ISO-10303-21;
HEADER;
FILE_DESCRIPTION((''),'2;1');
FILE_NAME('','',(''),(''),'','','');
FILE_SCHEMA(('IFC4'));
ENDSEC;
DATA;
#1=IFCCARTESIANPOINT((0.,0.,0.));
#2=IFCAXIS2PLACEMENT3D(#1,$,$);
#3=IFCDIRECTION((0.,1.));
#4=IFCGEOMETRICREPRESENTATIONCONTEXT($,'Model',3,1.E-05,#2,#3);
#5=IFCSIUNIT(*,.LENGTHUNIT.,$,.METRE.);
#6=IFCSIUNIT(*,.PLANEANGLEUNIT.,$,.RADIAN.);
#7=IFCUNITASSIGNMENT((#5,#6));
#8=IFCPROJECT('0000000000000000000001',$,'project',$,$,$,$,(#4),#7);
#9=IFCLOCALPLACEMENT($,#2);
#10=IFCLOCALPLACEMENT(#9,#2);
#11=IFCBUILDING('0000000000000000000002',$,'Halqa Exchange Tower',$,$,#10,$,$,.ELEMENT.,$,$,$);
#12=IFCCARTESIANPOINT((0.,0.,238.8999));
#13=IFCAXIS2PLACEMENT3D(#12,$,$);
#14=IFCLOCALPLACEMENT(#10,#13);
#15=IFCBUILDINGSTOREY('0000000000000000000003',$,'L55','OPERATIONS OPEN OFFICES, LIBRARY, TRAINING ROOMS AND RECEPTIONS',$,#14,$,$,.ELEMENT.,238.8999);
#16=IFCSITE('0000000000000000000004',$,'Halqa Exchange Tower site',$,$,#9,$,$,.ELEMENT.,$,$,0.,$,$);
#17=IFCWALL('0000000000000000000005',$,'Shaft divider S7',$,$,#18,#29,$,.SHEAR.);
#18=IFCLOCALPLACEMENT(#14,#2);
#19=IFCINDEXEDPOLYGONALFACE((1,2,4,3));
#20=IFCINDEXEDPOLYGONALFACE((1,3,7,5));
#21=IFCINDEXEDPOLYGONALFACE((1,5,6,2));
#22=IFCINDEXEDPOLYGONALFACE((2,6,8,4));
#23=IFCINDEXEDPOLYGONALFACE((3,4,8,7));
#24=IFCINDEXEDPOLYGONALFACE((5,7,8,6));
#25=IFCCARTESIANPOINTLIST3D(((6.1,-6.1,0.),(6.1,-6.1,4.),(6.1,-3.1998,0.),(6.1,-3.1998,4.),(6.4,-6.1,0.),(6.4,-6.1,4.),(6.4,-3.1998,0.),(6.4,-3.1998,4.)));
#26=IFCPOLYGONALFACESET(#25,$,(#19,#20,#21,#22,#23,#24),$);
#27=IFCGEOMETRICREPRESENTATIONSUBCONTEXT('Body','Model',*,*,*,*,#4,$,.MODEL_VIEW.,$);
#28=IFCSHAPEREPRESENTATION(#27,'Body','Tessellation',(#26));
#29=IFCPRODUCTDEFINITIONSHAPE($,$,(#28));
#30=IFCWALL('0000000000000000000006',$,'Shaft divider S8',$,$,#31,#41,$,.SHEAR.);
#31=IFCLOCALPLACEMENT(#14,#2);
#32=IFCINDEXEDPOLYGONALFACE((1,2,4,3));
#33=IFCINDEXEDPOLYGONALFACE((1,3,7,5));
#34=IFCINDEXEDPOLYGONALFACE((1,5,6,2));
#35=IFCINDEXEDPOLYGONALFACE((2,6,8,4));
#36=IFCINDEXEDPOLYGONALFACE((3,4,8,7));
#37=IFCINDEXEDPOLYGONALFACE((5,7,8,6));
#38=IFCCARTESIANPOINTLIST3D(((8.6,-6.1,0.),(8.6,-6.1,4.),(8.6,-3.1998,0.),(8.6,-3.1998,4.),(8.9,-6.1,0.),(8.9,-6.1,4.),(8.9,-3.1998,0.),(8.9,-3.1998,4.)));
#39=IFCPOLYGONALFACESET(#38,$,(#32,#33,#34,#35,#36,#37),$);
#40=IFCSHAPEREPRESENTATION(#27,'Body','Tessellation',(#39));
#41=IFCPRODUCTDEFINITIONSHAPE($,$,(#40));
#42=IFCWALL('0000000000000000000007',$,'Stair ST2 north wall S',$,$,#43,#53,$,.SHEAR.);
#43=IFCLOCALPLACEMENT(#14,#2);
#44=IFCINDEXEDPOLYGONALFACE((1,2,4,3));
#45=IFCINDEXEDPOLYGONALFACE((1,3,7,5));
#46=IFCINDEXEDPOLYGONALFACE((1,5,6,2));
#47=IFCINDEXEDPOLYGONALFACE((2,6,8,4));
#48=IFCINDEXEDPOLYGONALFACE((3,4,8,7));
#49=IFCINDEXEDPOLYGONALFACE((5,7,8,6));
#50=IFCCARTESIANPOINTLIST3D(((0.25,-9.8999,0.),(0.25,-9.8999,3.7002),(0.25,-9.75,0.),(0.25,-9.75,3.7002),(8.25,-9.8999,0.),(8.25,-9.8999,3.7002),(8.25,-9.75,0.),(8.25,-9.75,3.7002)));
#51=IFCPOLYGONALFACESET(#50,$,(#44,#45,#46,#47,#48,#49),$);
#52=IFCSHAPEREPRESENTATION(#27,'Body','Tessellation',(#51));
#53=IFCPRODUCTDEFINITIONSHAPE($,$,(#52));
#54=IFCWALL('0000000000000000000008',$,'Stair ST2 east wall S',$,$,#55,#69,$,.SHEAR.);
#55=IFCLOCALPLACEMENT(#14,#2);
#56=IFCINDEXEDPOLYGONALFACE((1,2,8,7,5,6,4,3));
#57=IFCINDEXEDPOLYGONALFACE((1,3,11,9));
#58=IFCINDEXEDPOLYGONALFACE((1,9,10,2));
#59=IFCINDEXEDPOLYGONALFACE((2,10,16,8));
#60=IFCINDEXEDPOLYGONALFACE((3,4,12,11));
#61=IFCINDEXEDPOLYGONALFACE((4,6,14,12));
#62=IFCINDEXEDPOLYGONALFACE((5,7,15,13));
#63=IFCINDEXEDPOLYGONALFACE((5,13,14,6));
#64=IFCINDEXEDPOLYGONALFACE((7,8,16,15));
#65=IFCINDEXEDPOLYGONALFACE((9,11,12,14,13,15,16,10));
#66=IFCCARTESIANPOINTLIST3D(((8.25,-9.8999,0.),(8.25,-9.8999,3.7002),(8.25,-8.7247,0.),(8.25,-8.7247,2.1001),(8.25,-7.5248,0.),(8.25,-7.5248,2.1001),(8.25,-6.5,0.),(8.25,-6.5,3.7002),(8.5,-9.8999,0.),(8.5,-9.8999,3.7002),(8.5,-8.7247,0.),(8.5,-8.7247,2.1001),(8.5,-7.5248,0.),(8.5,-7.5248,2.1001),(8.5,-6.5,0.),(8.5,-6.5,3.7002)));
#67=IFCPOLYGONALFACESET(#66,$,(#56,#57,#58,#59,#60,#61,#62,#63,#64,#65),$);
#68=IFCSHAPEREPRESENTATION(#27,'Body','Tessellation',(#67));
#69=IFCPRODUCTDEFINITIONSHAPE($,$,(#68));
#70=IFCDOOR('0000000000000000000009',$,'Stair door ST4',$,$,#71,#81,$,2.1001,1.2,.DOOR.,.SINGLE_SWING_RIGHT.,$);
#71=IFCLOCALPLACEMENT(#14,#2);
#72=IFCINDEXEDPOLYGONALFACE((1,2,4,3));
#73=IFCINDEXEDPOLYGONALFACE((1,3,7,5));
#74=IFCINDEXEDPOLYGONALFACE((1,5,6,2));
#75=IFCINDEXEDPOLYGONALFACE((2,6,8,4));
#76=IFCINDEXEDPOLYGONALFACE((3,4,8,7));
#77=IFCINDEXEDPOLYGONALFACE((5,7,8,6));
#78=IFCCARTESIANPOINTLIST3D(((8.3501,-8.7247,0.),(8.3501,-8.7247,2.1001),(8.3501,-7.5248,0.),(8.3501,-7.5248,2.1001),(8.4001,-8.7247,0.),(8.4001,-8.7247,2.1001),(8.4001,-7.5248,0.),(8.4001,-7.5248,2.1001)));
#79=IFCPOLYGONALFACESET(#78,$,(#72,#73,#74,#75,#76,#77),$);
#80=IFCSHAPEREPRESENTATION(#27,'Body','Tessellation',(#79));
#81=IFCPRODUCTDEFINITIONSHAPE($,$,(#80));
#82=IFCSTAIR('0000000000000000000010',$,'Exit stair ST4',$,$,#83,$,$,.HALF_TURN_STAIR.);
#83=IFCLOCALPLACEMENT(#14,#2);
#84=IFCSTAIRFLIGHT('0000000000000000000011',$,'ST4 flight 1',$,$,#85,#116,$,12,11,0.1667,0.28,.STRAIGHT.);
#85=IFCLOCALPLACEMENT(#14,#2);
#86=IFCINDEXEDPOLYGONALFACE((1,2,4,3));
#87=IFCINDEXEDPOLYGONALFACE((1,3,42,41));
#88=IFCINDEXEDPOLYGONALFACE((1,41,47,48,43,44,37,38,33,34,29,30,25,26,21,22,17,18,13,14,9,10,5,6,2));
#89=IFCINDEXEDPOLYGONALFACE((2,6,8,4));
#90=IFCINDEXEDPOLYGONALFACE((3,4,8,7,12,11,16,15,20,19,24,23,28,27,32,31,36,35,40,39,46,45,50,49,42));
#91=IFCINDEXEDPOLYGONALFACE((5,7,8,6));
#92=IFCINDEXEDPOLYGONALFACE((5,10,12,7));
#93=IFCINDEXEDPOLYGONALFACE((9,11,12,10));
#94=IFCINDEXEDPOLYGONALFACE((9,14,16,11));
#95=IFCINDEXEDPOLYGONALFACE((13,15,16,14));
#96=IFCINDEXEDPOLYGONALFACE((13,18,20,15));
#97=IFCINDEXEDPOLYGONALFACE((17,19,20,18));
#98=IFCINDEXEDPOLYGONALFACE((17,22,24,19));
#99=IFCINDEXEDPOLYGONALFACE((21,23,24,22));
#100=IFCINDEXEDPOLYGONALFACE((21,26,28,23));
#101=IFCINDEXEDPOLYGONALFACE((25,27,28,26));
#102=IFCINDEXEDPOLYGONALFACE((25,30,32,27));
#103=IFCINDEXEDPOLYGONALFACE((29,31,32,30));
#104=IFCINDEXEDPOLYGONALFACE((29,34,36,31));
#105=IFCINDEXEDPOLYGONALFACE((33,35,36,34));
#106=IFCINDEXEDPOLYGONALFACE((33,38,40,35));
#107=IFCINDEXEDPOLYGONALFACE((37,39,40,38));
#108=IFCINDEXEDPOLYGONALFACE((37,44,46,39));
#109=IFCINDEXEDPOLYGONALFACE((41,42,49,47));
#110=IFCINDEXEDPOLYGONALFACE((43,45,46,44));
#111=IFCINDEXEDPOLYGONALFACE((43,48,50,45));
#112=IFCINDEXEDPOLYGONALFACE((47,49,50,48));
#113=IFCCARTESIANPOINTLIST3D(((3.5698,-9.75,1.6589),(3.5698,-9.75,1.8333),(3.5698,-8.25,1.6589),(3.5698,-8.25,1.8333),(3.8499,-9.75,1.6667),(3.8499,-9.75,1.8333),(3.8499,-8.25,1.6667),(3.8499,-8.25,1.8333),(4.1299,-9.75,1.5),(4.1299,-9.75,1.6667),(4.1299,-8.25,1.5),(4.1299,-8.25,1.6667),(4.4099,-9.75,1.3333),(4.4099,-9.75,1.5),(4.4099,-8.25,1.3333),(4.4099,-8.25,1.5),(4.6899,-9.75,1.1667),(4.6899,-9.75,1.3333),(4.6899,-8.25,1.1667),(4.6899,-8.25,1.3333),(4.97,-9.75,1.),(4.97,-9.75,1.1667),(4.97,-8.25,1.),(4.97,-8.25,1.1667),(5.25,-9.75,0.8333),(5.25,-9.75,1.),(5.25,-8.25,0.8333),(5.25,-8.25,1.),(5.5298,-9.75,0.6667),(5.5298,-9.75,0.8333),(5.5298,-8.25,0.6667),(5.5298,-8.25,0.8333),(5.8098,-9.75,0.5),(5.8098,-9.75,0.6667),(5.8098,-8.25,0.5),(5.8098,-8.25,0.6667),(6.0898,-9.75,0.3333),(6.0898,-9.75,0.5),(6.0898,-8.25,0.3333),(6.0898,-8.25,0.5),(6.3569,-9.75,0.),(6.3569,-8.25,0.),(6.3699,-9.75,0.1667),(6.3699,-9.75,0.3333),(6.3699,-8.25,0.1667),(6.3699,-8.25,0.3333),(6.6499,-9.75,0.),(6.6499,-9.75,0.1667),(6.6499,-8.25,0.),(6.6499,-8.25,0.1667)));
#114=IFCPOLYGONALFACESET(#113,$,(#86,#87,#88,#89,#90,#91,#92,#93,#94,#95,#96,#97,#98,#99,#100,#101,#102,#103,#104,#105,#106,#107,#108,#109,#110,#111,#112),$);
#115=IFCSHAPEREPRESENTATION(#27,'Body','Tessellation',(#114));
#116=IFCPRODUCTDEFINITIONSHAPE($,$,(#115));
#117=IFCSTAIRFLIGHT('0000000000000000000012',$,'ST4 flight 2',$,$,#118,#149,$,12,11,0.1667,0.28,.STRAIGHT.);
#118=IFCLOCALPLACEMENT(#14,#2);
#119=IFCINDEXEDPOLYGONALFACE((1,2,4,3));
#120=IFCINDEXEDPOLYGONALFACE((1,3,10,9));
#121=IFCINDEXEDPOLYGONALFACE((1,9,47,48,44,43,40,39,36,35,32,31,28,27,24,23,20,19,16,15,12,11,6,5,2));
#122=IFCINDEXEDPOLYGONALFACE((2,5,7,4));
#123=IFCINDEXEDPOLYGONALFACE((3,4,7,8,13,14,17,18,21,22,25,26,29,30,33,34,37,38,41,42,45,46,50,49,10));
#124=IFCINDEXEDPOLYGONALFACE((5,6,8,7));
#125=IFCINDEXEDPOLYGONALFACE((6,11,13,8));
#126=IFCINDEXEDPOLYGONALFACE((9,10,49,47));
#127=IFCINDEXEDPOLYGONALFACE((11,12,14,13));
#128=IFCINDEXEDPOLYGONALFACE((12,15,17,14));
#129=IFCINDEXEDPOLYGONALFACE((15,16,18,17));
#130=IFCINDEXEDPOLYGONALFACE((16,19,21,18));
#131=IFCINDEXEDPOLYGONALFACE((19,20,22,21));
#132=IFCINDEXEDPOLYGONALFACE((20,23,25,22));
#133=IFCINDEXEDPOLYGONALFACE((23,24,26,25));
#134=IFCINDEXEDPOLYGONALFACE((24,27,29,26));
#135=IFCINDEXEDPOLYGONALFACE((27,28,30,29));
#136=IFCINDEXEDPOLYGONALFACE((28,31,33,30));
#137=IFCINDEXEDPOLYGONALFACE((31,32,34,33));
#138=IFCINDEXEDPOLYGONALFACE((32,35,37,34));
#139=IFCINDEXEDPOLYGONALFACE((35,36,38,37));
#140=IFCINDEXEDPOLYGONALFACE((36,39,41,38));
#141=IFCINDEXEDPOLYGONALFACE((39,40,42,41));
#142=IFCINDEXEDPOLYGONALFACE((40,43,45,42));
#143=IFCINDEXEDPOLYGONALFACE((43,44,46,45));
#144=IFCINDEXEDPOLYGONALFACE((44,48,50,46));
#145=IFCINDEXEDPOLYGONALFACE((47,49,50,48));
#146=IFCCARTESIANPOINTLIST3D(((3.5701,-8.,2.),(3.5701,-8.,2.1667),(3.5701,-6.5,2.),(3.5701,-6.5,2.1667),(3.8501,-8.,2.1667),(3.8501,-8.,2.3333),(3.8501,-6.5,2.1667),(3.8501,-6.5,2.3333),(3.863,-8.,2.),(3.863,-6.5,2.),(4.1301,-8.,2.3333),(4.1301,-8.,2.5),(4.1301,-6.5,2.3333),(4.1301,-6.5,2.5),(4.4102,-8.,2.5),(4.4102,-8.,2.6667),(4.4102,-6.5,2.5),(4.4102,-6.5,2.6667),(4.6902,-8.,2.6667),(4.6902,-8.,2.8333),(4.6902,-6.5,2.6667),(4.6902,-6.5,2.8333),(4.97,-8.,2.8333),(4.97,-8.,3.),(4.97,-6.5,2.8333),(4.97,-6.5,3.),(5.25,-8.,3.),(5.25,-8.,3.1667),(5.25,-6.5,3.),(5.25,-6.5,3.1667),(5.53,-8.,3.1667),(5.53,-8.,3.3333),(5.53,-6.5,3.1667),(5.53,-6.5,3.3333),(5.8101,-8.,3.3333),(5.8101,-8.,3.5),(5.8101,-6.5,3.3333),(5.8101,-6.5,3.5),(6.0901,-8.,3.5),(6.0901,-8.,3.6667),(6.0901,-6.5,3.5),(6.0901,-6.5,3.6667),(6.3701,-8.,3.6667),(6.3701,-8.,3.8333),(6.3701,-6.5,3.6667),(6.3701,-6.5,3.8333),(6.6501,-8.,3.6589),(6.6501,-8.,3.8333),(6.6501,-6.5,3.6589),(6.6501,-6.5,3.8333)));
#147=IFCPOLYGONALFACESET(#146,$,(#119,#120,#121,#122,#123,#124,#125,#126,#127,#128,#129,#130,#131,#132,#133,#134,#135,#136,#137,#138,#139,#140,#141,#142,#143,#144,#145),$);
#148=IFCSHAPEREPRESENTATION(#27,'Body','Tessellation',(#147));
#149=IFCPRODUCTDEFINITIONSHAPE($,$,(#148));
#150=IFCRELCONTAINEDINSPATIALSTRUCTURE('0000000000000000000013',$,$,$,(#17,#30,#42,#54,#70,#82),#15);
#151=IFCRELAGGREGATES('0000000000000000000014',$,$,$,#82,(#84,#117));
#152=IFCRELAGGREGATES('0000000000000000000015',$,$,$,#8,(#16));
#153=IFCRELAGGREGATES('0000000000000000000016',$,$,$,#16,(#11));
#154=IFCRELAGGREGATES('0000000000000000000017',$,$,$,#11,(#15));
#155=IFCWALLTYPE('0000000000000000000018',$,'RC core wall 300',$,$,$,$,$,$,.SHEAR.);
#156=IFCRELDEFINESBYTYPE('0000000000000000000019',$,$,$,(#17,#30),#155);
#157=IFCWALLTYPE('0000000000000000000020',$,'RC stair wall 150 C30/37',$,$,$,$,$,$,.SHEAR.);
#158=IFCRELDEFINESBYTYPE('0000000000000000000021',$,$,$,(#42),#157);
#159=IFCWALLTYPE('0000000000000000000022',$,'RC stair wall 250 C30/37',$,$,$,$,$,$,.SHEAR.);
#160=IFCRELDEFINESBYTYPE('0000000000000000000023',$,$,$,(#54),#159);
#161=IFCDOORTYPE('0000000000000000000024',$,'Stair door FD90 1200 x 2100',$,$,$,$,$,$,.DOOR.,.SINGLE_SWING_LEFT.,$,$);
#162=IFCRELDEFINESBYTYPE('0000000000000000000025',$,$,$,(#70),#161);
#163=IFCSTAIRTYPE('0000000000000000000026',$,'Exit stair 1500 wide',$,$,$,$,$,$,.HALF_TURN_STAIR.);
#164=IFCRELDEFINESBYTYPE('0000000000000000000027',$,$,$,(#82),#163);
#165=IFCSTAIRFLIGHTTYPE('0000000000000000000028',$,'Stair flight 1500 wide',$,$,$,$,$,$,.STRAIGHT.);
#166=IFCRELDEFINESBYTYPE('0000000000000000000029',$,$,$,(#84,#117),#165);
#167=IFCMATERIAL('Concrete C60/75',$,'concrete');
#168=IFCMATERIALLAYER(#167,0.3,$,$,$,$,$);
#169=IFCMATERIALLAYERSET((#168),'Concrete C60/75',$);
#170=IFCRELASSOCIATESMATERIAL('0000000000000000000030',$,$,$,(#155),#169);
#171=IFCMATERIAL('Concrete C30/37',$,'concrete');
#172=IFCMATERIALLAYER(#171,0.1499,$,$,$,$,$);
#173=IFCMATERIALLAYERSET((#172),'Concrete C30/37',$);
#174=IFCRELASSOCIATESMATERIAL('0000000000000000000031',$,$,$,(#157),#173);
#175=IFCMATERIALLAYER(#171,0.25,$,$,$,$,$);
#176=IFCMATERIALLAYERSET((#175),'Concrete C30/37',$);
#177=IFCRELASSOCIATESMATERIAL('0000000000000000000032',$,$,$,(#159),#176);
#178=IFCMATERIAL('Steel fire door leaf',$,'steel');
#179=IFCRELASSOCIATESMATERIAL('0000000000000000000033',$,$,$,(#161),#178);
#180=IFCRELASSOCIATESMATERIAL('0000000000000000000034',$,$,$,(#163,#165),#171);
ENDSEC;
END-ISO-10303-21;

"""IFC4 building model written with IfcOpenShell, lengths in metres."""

from ifc_helpers import new_model, si_unit, direction, frame, frame_2d, origin, place, context, subcontext, project, spatial, polyline, rectangle, outline, extrude, material, layer, layer_set, type_object, element, fill, aggregate, save


model = new_model("IFC4")

# Units and contexts
model_context = context("Model", 3, precision=1e-05, world=origin(), true_north=direction((0.0, 1.0)))
body_context = subcontext(model_context, "Body", "Model", "MODEL_VIEW")
ifc_project = project(units=[si_unit("LENGTHUNIT", "METRE"), si_unit("PLANEANGLEUNIT", "RADIAN")], contexts=[model_context])

# Site, building, storey
site_placement = place(None, origin())
site = spatial("IfcSite", under=ifc_project, at=site_placement, Name="Halqa Exchange Tower site", CompositionType="ELEMENT", RefElevation=0.0)
building_placement = place(site_placement, origin())
building = spatial("IfcBuilding", under=site, at=building_placement, Name="Halqa Exchange Tower", CompositionType="ELEMENT")
storey_placement = place(building_placement, frame((0.0, 0.0, 238.8999)))
storey = spatial("IfcBuildingStorey", under=building, at=storey_placement, Name="L55", Description="OPERATIONS OPEN OFFICES, LIBRARY, TRAINING ROOMS AND RECEPTIONS", CompositionType="ELEMENT", Elevation=238.8999)

# Shared definitions
ifc_material_1 = material(Name="Concrete C60/75", Category="concrete")

# Walls
ifc_layer_1 = layer(ifc_material_1, 0.3)
ifc_layer_set_1 = layer_set([ifc_layer_1], Name="Concrete C60/75")
wall_type_1 = type_object("IfcWallType", Name="RC core wall 300", PredefinedType="SHEAR", material=ifc_layer_set_1)
for number, where, z_axis, x_axis, name in (
    (1, (6.25, -6.1001, 0.0), (0.0, 0.0, 1.0), (0.0, 1.0, 0.0), "Shaft divider S7"),
    (2, (8.75, -6.1001, 0.0), (0.0, 0.0, 1.0), (0.0, 1.0, 0.0), "Shaft divider S8"),
):
    element("IfcWall", number, at=place(storey_placement, frame(where, z_axis=z_axis, x_axis=x_axis)), inside=storey, type_object=wall_type_1, Name=name, PredefinedType="SHEAR", context=body_context, shape_type="SweptSolid", body=[
        extrude(rectangle(XDim=2.9001, YDim=0.3, at=frame_2d((1.4502, 0.0))), origin(), (0.0, 0.0, 1.0), 4.0),
    ])
ifc_material_2 = material(Name="Concrete C30/37", Category="concrete")
ifc_layer_2 = layer(ifc_material_2, 0.1499)
ifc_layer_set_2 = layer_set([ifc_layer_2], Name="Concrete C30/37")
wall_type_2 = type_object("IfcWallType", Name="RC stair wall 150 C30/37", PredefinedType="SHEAR", material=ifc_layer_set_2)
wall_1_placement = place(storey_placement, frame((0.25, -9.825, 0.0), z_axis=(0.0, 0.0, 1.0), x_axis=(1.0, 0.0, 0.0)))
element("IfcWall", 3, at=wall_1_placement, inside=storey, type_object=wall_type_2, Name="Stair ST2 north wall S", PredefinedType="SHEAR", context=body_context, shape_type="SweptSolid", body=[
    extrude(rectangle(XDim=8.0, YDim=0.1499, at=frame_2d((4.0, 0.0))), origin(), (0.0, 0.0, 1.0), 3.7002),
])

# Wall, opening, door
ifc_layer_3 = layer(ifc_material_2, 0.25)
ifc_layer_set_3 = layer_set([ifc_layer_3], Name="Concrete C30/37")
wall_type_3 = type_object("IfcWallType", Name="RC stair wall 250 C30/37", PredefinedType="SHEAR", material=ifc_layer_set_3)
wall_2_placement = place(storey_placement, frame((8.375, -9.8999, 0.0), z_axis=(0.0, 0.0, 1.0), x_axis=(0.0, 1.0, 0.0)))
wall_2 = element("IfcWall", 4, at=wall_2_placement, inside=storey, type_object=wall_type_3, Name="Stair ST2 east wall S", PredefinedType="SHEAR", context=body_context, shape_type="SweptSolid", body=[
    extrude(rectangle(XDim=3.3999, YDim=0.25, at=frame_2d((1.7, 0.0))), origin(), (0.0, 0.0, 1.0), 3.7002),
])
opening_placement = place(wall_2_placement, frame((1.175, 0.0, 0.0)))
opening = element("IfcOpeningElement", 5, at=opening_placement, cuts=wall_2, PredefinedType="OPENING", context=body_context, shape_type="SweptSolid", body=[
    extrude(rectangle(XDim=1.2, YDim=2.1001, at=frame_2d((0.6001, 1.05))), frame((0.0, 0.137, 0.0), z_axis=(0.0, -1.0, 0.0), x_axis=(1.0, 0.0, 0.0)), (0.0, 0.0, 1.0), 0.2739),
])
ifc_material_3 = material(Name="Steel fire door leaf", Category="steel")
door_type = type_object("IfcDoorType", Name="Stair door FD90 1200 x 2100", OperationType="SINGLE_SWING_LEFT", PredefinedType="DOOR", material=ifc_material_3)
door_placement = place(opening_placement, origin())
door = element("IfcDoor", 6, at=door_placement, inside=storey, type_object=door_type, Name="Stair door ST4", OperationType="SINGLE_SWING_RIGHT", OverallHeight=2.1001, OverallWidth=1.2, PredefinedType="DOOR", context=body_context, shape_type="SweptSolid", body=[
    extrude(rectangle(XDim=1.2, YDim=2.1001, at=frame_2d((0.6001, 1.05))), frame((0.0, 0.0249, 0.0), z_axis=(0.0, -1.0, 0.0), x_axis=(1.0, 0.0, 0.0)), (0.0, 0.0, 1.0), 0.05),
])
fill(opening, door)

# Stair, stair flights
stair_type = type_object("IfcStairType", Name="Exit stair 1500 wide", PredefinedType="HALF_TURN_STAIR", material=ifc_material_2)
stair_placement = place(storey_placement, origin())
stair = element("IfcStair", 7, at=stair_placement, inside=storey, type_object=stair_type, Name="Exit stair ST4", PredefinedType="HALF_TURN_STAIR")
stair_flight_type = type_object("IfcStairFlightType", Name="Stair flight 1500 wide", PredefinedType="STRAIGHT", material=ifc_material_2)
stair_flight_1_placement = place(storey_placement, frame((6.6499, -9.0, 0.0), z_axis=(0.0, 0.0, 1.0), x_axis=(-1.0, 0.0, 0.0)))
stair_flight_1 = element("IfcStairFlight", 8, at=stair_flight_1_placement, type_object=stair_flight_type, Name="ST4 flight 1", NumberOfRisers=12, NumberOfTreads=11, PredefinedType="STRAIGHT", RiserHeight=0.1667, TreadLength=0.28, context=body_context, shape_type="SweptSolid", body=[
    extrude(outline(polyline([(0.0, 0.0), (0.0, 0.1667), (0.28, 0.1667), (0.28, 0.3333), (0.5601, 0.3333), (0.5601, 0.5), (0.8401, 0.5), (0.8401, 0.6667), (1.1201, 0.6667), (1.1201, 0.8333), (1.3999, 0.8333), (1.3999, 1.0), (1.6799, 1.0), (1.6799, 1.1667), (1.96, 1.1667), (1.96, 1.3333), (2.24, 1.3333), (2.24, 1.5), (2.52, 1.5), (2.52, 1.6667), (2.8, 1.6667), (2.8, 1.8333), (3.0801, 1.8333), (3.0801, 2.0), (3.0801, 1.6589), (0.293, 0.0), (0.0, 0.0)])), frame((0.0, 0.75, 0.0), z_axis=(0.0, -1.0, 0.0), x_axis=(1.0, 0.0, 0.0)), (0.0, 0.0, 1.0), 1.5),
])
stair_flight_2_placement = place(storey_placement, frame((3.5701, -7.25, 2.0), z_axis=(0.0, 0.0, 1.0), x_axis=(1.0, 0.0, 0.0)))
stair_flight_2 = element("IfcStairFlight", 9, at=stair_flight_2_placement, type_object=stair_flight_type, Name="ST4 flight 2", NumberOfRisers=12, NumberOfTreads=11, PredefinedType="STRAIGHT", RiserHeight=0.1667, TreadLength=0.28, context=body_context, shape_type="SweptSolid", body=[
    extrude(outline(polyline([(0.0, 0.0), (0.0, 0.1667), (0.28, 0.1667), (0.28, 0.3333), (0.5601, 0.3333), (0.5601, 0.5), (0.8401, 0.5), (0.8401, 0.6667), (1.1201, 0.6667), (1.1201, 0.8333), (1.3999, 0.8333), (1.3999, 1.0), (1.6799, 1.0), (1.6799, 1.1667), (1.96, 1.1667), (1.96, 1.3333), (2.24, 1.3333), (2.24, 1.5), (2.52, 1.5), (2.52, 1.6667), (2.8, 1.6667), (2.8, 1.8333), (3.0801, 1.8333), (3.0801, 2.0), (3.0801, 1.6589), (0.293, 0.0), (0.0, 0.0)])), frame((0.0, 0.75, 0.0), z_axis=(0.0, -1.0, 0.0), x_axis=(1.0, 0.0, 0.0)), (0.0, 0.0, 1.0), 1.5),
])
aggregate(stair, [stair_flight_1, stair_flight_2])

save(model, "model.ifc")
